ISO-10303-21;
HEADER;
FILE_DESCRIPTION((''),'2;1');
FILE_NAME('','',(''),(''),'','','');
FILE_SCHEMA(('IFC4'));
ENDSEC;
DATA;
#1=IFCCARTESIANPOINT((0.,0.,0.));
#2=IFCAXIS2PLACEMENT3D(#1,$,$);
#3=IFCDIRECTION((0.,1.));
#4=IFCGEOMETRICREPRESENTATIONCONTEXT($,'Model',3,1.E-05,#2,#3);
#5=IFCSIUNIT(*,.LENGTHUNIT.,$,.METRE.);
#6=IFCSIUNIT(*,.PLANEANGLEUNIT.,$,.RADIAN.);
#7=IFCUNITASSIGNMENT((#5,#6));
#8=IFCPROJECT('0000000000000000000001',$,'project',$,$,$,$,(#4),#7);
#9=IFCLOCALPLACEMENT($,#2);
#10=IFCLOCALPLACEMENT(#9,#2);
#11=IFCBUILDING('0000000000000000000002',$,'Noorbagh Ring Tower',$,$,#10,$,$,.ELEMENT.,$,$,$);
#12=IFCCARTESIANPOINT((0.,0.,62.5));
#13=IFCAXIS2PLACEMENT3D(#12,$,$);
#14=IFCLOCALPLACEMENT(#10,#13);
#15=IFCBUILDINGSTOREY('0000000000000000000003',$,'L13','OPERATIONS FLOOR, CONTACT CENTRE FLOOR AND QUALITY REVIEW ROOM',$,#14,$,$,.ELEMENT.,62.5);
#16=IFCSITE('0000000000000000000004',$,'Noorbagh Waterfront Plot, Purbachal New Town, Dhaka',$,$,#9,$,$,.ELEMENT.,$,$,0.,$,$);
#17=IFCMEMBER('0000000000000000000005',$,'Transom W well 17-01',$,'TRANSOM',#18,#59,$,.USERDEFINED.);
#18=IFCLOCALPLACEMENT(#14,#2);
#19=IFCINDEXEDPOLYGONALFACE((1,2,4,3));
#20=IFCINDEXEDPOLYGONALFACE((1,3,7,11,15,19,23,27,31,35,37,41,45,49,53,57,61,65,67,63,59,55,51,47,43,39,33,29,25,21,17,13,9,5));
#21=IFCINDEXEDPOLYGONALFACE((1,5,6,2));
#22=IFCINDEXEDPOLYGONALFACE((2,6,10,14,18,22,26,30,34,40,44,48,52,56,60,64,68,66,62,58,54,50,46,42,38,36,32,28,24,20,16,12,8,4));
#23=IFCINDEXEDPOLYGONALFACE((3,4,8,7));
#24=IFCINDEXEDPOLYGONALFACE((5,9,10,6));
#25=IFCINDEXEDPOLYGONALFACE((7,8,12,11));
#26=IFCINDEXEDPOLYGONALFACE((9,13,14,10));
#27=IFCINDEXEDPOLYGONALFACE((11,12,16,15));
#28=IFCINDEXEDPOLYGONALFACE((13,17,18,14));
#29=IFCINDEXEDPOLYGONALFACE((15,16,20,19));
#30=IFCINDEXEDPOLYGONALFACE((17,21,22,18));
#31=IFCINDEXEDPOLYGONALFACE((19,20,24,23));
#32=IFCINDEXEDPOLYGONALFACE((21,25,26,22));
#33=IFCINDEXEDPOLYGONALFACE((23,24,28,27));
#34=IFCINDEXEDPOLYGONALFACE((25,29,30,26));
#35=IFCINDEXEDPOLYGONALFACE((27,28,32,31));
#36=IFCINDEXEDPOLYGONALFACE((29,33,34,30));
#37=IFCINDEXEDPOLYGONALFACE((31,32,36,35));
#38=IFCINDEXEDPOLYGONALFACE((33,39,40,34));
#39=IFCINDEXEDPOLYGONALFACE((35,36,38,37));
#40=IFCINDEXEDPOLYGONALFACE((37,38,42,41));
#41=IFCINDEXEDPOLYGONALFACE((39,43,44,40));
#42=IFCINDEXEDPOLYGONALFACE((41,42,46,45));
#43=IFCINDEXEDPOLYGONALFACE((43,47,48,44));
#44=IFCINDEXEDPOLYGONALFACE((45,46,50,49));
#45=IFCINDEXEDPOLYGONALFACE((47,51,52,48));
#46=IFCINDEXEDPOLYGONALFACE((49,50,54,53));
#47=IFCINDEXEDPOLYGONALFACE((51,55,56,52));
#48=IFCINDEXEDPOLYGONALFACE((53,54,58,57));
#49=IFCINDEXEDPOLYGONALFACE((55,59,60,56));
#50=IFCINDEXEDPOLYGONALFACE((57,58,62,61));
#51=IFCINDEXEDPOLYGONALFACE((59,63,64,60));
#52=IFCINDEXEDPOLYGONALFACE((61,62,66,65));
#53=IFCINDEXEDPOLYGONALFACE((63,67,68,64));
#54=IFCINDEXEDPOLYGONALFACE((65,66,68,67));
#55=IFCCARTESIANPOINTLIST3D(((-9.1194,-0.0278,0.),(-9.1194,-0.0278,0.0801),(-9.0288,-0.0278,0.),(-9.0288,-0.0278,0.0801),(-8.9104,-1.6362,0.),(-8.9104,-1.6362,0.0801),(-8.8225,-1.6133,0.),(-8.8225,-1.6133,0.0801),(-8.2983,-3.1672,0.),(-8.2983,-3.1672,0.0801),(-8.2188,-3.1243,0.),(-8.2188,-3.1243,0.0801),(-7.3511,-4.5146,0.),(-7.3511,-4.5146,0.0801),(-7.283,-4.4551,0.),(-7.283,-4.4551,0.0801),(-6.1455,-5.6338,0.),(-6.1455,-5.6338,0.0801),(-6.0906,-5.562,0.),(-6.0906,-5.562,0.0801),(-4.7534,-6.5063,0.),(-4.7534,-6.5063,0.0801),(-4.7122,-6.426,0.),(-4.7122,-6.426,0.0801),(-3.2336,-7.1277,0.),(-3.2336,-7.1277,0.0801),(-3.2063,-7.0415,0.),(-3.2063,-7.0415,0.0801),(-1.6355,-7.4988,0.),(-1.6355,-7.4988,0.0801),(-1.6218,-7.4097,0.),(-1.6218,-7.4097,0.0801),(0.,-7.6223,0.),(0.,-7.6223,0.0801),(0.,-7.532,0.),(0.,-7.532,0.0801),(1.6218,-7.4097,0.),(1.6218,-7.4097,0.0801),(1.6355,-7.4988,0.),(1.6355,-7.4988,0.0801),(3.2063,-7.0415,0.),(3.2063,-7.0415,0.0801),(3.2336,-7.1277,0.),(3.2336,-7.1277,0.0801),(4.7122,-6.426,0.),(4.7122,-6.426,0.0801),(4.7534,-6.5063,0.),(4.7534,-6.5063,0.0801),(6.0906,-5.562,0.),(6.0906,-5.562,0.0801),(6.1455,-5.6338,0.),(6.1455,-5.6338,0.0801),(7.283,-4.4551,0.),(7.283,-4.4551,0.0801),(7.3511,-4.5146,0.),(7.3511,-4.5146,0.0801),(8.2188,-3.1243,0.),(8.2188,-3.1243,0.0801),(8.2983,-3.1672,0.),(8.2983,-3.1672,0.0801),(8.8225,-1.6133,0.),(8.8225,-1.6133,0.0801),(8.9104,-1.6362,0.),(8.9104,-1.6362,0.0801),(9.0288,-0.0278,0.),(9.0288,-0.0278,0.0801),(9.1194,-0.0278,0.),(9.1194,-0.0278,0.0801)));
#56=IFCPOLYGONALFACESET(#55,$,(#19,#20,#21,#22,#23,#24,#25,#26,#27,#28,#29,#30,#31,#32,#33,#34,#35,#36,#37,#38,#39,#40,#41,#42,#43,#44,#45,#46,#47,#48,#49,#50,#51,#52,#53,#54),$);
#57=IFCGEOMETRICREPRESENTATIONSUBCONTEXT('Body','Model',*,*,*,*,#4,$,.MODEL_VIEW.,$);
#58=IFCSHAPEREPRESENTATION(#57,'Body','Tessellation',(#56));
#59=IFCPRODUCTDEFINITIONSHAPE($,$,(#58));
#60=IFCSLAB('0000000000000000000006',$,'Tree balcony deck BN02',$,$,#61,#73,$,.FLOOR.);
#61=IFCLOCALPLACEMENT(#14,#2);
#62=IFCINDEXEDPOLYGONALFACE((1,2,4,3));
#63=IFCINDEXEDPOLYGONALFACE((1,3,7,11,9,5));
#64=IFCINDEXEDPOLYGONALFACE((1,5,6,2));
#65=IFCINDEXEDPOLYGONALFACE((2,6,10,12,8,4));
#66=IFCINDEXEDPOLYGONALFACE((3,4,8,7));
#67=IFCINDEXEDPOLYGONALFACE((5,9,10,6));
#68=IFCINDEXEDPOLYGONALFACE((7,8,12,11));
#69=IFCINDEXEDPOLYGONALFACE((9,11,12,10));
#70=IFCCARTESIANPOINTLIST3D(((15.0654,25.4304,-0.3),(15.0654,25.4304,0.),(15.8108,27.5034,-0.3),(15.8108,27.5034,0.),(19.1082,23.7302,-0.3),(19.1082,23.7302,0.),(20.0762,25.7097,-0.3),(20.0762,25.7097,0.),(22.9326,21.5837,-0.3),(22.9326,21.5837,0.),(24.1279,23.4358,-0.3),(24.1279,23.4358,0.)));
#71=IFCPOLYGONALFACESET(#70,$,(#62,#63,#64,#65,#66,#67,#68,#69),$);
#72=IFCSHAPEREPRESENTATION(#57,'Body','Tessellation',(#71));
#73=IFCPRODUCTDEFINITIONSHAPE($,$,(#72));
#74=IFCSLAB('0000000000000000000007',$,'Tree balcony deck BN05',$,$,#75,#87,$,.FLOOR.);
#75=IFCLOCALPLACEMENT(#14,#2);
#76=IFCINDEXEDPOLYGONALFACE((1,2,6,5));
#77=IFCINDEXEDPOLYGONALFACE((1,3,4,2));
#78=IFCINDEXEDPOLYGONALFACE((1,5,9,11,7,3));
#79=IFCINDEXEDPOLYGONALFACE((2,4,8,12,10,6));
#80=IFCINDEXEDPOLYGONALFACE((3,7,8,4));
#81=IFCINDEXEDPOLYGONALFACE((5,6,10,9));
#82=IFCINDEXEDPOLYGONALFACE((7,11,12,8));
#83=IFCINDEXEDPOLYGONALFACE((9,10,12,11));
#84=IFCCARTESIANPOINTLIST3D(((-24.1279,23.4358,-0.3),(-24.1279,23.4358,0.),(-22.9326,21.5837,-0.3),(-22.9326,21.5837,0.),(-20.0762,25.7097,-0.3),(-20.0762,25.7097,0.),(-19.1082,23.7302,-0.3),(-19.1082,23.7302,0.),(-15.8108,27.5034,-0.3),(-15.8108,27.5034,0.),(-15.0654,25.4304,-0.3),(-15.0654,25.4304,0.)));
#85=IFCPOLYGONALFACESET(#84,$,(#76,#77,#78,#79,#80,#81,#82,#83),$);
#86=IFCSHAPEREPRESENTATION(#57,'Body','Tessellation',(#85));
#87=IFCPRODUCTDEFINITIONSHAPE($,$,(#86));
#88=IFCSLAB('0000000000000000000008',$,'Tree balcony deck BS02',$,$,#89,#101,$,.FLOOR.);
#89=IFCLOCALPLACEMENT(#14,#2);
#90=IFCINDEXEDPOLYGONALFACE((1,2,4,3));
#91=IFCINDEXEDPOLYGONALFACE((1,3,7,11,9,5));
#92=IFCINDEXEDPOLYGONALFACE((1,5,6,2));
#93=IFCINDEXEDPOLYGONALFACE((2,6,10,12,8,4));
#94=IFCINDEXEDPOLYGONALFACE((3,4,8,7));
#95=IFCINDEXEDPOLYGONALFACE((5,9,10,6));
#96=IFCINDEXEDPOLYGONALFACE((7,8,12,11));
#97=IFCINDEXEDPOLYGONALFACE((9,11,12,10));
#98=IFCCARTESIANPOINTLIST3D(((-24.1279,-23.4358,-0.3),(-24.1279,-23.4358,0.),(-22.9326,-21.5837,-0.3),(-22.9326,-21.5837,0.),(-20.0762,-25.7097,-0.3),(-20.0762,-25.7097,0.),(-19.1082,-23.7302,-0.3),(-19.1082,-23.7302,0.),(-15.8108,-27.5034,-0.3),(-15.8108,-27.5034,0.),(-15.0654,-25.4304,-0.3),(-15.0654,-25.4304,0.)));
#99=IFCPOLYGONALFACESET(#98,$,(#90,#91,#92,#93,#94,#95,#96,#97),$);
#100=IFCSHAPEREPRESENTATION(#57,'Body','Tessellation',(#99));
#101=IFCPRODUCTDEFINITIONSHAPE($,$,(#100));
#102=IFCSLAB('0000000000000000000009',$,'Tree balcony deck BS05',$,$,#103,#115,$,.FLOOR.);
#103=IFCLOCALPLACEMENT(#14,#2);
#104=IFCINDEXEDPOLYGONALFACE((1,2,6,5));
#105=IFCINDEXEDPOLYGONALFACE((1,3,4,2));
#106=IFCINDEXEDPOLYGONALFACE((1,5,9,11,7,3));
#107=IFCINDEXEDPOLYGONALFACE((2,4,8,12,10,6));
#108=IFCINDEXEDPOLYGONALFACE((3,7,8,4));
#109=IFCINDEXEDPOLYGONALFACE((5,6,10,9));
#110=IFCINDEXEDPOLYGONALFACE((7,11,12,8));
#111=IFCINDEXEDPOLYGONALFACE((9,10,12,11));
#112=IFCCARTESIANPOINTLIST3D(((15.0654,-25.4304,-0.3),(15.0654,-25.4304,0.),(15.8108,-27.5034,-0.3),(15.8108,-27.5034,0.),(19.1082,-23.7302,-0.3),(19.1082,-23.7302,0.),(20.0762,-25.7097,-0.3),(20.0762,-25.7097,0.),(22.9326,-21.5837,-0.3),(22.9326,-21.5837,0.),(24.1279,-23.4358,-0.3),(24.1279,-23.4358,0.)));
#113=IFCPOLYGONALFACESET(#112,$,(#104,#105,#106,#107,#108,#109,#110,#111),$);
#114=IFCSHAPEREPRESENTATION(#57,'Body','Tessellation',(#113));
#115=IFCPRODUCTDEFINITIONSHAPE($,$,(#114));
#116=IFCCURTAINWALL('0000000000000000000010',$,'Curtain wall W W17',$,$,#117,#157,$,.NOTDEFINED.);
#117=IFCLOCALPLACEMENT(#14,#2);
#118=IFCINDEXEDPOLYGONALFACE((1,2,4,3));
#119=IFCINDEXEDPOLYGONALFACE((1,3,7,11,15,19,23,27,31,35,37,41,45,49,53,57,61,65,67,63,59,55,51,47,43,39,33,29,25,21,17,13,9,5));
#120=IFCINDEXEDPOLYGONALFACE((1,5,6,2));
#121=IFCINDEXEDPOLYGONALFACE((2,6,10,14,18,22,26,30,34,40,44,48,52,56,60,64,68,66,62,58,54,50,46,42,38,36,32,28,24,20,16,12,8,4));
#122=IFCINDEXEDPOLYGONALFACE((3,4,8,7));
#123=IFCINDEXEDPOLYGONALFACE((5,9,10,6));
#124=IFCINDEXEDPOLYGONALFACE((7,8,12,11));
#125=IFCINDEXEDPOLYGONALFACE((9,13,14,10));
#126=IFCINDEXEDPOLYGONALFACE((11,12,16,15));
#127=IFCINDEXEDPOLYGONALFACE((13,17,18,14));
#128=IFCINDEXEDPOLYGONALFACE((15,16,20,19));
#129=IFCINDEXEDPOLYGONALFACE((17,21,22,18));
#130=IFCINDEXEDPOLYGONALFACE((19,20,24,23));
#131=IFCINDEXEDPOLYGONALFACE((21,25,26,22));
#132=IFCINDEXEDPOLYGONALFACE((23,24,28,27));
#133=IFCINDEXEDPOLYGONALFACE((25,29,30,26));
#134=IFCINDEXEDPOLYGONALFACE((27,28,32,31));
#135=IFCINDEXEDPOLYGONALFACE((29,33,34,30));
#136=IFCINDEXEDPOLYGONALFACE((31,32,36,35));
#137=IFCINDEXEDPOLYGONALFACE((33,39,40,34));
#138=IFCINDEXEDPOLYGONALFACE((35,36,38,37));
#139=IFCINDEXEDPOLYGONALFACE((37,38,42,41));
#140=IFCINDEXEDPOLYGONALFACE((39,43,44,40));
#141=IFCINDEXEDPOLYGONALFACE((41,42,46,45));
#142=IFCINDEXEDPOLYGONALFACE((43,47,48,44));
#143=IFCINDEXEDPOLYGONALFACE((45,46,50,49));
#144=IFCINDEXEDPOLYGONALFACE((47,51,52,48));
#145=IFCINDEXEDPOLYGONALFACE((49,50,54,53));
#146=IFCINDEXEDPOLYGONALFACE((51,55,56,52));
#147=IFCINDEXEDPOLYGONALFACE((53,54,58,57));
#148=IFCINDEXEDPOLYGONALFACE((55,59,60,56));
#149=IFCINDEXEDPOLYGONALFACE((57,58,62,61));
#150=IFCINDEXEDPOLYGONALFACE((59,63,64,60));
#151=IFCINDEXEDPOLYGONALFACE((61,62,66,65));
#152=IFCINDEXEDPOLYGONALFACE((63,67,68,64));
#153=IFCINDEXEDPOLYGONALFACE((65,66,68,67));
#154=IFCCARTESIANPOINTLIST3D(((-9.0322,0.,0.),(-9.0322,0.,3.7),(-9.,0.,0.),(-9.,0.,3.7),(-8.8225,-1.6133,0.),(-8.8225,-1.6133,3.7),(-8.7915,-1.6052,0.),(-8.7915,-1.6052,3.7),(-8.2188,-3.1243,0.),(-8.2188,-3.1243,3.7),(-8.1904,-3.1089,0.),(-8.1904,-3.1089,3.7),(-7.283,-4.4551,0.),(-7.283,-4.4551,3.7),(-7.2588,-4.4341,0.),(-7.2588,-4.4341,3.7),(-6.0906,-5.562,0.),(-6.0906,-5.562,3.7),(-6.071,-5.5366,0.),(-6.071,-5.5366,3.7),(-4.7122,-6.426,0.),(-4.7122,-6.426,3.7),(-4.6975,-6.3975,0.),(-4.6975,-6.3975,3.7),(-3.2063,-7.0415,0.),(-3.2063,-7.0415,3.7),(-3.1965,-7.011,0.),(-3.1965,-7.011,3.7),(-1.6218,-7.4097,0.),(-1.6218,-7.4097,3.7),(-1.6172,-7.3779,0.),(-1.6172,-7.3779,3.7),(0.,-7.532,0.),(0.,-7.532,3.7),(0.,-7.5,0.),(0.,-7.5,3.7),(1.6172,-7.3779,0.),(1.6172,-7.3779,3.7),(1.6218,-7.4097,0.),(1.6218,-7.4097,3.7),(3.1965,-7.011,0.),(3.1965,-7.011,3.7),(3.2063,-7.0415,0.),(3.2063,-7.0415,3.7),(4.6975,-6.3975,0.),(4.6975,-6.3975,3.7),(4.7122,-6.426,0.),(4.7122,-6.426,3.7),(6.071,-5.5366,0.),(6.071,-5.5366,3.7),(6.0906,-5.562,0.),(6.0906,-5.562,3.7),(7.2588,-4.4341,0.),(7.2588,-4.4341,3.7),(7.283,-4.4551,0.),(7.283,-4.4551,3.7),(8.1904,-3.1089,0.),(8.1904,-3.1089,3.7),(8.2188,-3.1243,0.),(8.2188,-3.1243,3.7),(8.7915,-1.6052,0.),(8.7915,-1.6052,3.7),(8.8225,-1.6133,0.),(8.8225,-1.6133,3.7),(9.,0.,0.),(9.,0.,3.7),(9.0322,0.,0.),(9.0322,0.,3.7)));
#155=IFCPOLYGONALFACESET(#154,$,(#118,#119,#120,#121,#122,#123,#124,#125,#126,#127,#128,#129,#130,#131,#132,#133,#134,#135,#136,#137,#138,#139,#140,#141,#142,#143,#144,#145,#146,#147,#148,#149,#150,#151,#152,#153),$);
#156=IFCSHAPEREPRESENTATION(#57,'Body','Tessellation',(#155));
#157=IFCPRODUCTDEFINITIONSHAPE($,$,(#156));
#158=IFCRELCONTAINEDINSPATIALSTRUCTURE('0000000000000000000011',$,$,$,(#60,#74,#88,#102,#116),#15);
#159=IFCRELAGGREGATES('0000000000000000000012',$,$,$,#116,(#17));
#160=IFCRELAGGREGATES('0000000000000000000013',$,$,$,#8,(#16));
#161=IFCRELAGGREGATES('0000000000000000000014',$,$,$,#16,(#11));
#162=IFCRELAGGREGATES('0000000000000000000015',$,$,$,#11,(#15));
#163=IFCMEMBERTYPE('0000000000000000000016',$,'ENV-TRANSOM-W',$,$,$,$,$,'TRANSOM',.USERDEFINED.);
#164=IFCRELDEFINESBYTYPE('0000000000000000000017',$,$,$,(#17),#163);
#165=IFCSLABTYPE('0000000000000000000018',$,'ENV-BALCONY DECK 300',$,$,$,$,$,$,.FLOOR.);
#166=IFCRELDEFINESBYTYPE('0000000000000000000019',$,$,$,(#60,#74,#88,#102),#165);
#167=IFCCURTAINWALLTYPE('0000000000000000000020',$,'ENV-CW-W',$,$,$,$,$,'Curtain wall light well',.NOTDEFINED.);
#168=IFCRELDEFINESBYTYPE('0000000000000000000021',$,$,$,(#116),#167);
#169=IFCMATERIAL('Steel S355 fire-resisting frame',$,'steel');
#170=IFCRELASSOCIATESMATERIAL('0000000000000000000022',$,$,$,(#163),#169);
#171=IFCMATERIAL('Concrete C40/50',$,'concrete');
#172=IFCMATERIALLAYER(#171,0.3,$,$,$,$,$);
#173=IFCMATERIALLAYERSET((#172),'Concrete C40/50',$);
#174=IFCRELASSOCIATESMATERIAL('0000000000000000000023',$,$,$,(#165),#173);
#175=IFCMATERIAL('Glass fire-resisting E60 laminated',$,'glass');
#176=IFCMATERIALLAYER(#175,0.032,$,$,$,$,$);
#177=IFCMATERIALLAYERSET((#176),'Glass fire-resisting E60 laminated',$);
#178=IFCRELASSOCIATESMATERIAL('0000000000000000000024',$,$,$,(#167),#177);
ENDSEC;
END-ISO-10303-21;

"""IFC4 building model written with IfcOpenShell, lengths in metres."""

from ifc_helpers import new_model, si_unit, direction, frame, origin, place, context, subcontext, project, spatial, polyline, outline, extrude, material, layer, layer_set, type_object, element, aggregate, save


model = new_model("IFC4")

# Units and contexts
model_context = context("Model", 3, precision=1e-05, world=origin(), true_north=direction((0.0, 1.0)))
body_context = subcontext(model_context, "Body", "Model", "MODEL_VIEW")
ifc_project = project(units=[si_unit("LENGTHUNIT", "METRE"), si_unit("PLANEANGLEUNIT", "RADIAN")], contexts=[model_context])

# Member
site_placement = place(None, origin())
building_placement = place(site_placement, origin())
storey_placement = place(building_placement, frame((0.0, 0.0, 62.5)))
ifc_material_1 = material(Name="Steel S355 fire-resisting frame", Category="steel")
member_type_1 = type_object("IfcMemberType", Name="ENV-TRANSOM-W", ElementType="TRANSOM", PredefinedType="USERDEFINED", material=ifc_material_1)
member_1_placement = place(storey_placement, origin())
member_1 = element("IfcMember", 1, at=member_1_placement, type_object=member_type_1, Name="Transom W well 17-01", ObjectType="TRANSOM", PredefinedType="USERDEFINED", context=body_context, shape_type="SweptSolid", body=[
    extrude(outline(polyline([(-9.1194, -0.0278), (-8.9104, -1.6362), (-8.2983, -3.1672), (-7.3511, -4.5146), (-6.1455, -5.6338), (-4.7534, -6.5063), (-3.2336, -7.1277), (-1.6355, -7.4988), (0.0, -7.6223), (1.6355, -7.4988), (3.2336, -7.1277), (4.7534, -6.5063), (6.1455, -5.6338), (7.3511, -4.5146), (8.2983, -3.1672), (8.9104, -1.6362), (9.1194, -0.0278), (9.0288, -0.0278), (8.8225, -1.6133), (8.2188, -3.1243), (7.283, -4.4551), (6.0906, -5.562), (4.7122, -6.426), (3.2063, -7.0415), (1.6218, -7.4097), (0.0, -7.532), (-1.6218, -7.4097), (-3.2063, -7.0415), (-4.7122, -6.426), (-6.0906, -5.562), (-7.283, -4.4551), (-8.2188, -3.1243), (-8.8225, -1.6133), (-9.0288, -0.0278), (-9.1194, -0.0278)])), origin(), (0.0, 0.0, 1.0), 0.0801),
])

# Site, building, storey
site = spatial("IfcSite", under=ifc_project, at=site_placement, Name="Noorbagh Waterfront Plot, Purbachal New Town, Dhaka", CompositionType="ELEMENT", RefElevation=0.0)
building = spatial("IfcBuilding", under=site, at=building_placement, Name="Noorbagh Ring Tower", CompositionType="ELEMENT")
storey = spatial("IfcBuildingStorey", under=building, at=storey_placement, Name="L13", Description="OPERATIONS FLOOR, CONTACT CENTRE FLOOR AND QUALITY REVIEW ROOM", CompositionType="ELEMENT", Elevation=62.5)

# Slabs
ifc_material_2 = material(Name="Concrete C40/50", Category="concrete")
ifc_layer_1 = layer(ifc_material_2, 0.3)
ifc_layer_set_1 = layer_set([ifc_layer_1], Name="Concrete C40/50")
slab_type = type_object("IfcSlabType", Name="ENV-BALCONY DECK 300", PredefinedType="FLOOR", material=ifc_layer_set_1)
slab_1_placement = place(storey_placement, frame((0.0, 0.0, -0.3)))
element("IfcSlab", 2, at=slab_1_placement, inside=storey, type_object=slab_type, Name="Tree balcony deck BN02", PredefinedType="FLOOR", context=body_context, shape_type="SweptSolid", body=[
    extrude(outline(polyline([(24.1279, 23.4358), (20.0762, 25.7097), (15.8108, 27.5034), (15.0654, 25.4304), (19.1082, 23.7302), (22.9326, 21.5837), (24.1279, 23.4358)])), origin(), (0.0, 0.0, 1.0), 0.3),
])
slab_2_placement = place(storey_placement, frame((0.0, 0.0, -0.3)))
element("IfcSlab", 3, at=slab_2_placement, inside=storey, type_object=slab_type, Name="Tree balcony deck BN05", PredefinedType="FLOOR", context=body_context, shape_type="SweptSolid", body=[
    extrude(outline(polyline([(-15.8108, 27.5034), (-20.0762, 25.7097), (-24.1279, 23.4358), (-22.9326, 21.5837), (-19.1082, 23.7302), (-15.0654, 25.4304), (-15.8108, 27.5034)])), origin(), (0.0, 0.0, 1.0), 0.3),
])
slab_3_placement = place(storey_placement, frame((0.0, 0.0, -0.3)))
element("IfcSlab", 4, at=slab_3_placement, inside=storey, type_object=slab_type, Name="Tree balcony deck BS02", PredefinedType="FLOOR", context=body_context, shape_type="SweptSolid", body=[
    extrude(outline(polyline([(-24.1279, -23.4358), (-20.0762, -25.7097), (-15.8108, -27.5034), (-15.0654, -25.4304), (-19.1082, -23.7302), (-22.9326, -21.5837), (-24.1279, -23.4358)])), origin(), (0.0, 0.0, 1.0), 0.3),
])
slab_4_placement = place(storey_placement, frame((0.0, 0.0, -0.3)))
element("IfcSlab", 5, at=slab_4_placement, inside=storey, type_object=slab_type, Name="Tree balcony deck BS05", PredefinedType="FLOOR", context=body_context, shape_type="SweptSolid", body=[
    extrude(outline(polyline([(15.8108, -27.5034), (20.0762, -25.7097), (24.1279, -23.4358), (22.9326, -21.5837), (19.1082, -23.7302), (15.0654, -25.4304), (15.8108, -27.5034)])), origin(), (0.0, 0.0, 1.0), 0.3),
])

# Curtain wall
ifc_material_3 = material(Name="Glass fire-resisting E60 laminated", Category="glass")
ifc_layer_2 = layer(ifc_material_3, 0.032)
ifc_layer_set_2 = layer_set([ifc_layer_2], Name="Glass fire-resisting E60 laminated")
curtain_wall_type_1 = type_object("IfcCurtainWallType", Name="ENV-CW-W", ElementType="Curtain wall light well", PredefinedType="NOTDEFINED", material=ifc_layer_set_2)
curtain_wall_1_placement = place(storey_placement, origin())
curtain_wall_1 = element("IfcCurtainWall", 6, at=curtain_wall_1_placement, inside=storey, type_object=curtain_wall_type_1, Name="Curtain wall W W17", PredefinedType="NOTDEFINED", context=body_context, shape_type="SweptSolid", body=[
    extrude(outline(polyline([(-9.0322, 0.0), (-8.8225, -1.6133), (-8.2188, -3.1243), (-7.283, -4.4551), (-6.0906, -5.562), (-4.7122, -6.426), (-3.2063, -7.0415), (-1.6218, -7.4097), (0.0, -7.532), (1.6218, -7.4097), (3.2063, -7.0415), (4.7122, -6.426), (6.0906, -5.562), (7.283, -4.4551), (8.2188, -3.1243), (8.8225, -1.6133), (9.0322, 0.0), (9.0, 0.0), (8.7915, -1.6052), (8.1904, -3.1089), (7.2588, -4.4341), (6.071, -5.5366), (4.6975, -6.3975), (3.1965, -7.011), (1.6172, -7.3779), (0.0, -7.5), (-1.6172, -7.3779), (-3.1965, -7.011), (-4.6975, -6.3975), (-6.071, -5.5366), (-7.2588, -4.4341), (-8.1904, -3.1089), (-8.7915, -1.6052), (-9.0, 0.0), (-9.0322, 0.0)])), origin(), (0.0, 0.0, 1.0), 3.7),
])
aggregate(curtain_wall_1, [member_1])

save(model, "model.ifc")
